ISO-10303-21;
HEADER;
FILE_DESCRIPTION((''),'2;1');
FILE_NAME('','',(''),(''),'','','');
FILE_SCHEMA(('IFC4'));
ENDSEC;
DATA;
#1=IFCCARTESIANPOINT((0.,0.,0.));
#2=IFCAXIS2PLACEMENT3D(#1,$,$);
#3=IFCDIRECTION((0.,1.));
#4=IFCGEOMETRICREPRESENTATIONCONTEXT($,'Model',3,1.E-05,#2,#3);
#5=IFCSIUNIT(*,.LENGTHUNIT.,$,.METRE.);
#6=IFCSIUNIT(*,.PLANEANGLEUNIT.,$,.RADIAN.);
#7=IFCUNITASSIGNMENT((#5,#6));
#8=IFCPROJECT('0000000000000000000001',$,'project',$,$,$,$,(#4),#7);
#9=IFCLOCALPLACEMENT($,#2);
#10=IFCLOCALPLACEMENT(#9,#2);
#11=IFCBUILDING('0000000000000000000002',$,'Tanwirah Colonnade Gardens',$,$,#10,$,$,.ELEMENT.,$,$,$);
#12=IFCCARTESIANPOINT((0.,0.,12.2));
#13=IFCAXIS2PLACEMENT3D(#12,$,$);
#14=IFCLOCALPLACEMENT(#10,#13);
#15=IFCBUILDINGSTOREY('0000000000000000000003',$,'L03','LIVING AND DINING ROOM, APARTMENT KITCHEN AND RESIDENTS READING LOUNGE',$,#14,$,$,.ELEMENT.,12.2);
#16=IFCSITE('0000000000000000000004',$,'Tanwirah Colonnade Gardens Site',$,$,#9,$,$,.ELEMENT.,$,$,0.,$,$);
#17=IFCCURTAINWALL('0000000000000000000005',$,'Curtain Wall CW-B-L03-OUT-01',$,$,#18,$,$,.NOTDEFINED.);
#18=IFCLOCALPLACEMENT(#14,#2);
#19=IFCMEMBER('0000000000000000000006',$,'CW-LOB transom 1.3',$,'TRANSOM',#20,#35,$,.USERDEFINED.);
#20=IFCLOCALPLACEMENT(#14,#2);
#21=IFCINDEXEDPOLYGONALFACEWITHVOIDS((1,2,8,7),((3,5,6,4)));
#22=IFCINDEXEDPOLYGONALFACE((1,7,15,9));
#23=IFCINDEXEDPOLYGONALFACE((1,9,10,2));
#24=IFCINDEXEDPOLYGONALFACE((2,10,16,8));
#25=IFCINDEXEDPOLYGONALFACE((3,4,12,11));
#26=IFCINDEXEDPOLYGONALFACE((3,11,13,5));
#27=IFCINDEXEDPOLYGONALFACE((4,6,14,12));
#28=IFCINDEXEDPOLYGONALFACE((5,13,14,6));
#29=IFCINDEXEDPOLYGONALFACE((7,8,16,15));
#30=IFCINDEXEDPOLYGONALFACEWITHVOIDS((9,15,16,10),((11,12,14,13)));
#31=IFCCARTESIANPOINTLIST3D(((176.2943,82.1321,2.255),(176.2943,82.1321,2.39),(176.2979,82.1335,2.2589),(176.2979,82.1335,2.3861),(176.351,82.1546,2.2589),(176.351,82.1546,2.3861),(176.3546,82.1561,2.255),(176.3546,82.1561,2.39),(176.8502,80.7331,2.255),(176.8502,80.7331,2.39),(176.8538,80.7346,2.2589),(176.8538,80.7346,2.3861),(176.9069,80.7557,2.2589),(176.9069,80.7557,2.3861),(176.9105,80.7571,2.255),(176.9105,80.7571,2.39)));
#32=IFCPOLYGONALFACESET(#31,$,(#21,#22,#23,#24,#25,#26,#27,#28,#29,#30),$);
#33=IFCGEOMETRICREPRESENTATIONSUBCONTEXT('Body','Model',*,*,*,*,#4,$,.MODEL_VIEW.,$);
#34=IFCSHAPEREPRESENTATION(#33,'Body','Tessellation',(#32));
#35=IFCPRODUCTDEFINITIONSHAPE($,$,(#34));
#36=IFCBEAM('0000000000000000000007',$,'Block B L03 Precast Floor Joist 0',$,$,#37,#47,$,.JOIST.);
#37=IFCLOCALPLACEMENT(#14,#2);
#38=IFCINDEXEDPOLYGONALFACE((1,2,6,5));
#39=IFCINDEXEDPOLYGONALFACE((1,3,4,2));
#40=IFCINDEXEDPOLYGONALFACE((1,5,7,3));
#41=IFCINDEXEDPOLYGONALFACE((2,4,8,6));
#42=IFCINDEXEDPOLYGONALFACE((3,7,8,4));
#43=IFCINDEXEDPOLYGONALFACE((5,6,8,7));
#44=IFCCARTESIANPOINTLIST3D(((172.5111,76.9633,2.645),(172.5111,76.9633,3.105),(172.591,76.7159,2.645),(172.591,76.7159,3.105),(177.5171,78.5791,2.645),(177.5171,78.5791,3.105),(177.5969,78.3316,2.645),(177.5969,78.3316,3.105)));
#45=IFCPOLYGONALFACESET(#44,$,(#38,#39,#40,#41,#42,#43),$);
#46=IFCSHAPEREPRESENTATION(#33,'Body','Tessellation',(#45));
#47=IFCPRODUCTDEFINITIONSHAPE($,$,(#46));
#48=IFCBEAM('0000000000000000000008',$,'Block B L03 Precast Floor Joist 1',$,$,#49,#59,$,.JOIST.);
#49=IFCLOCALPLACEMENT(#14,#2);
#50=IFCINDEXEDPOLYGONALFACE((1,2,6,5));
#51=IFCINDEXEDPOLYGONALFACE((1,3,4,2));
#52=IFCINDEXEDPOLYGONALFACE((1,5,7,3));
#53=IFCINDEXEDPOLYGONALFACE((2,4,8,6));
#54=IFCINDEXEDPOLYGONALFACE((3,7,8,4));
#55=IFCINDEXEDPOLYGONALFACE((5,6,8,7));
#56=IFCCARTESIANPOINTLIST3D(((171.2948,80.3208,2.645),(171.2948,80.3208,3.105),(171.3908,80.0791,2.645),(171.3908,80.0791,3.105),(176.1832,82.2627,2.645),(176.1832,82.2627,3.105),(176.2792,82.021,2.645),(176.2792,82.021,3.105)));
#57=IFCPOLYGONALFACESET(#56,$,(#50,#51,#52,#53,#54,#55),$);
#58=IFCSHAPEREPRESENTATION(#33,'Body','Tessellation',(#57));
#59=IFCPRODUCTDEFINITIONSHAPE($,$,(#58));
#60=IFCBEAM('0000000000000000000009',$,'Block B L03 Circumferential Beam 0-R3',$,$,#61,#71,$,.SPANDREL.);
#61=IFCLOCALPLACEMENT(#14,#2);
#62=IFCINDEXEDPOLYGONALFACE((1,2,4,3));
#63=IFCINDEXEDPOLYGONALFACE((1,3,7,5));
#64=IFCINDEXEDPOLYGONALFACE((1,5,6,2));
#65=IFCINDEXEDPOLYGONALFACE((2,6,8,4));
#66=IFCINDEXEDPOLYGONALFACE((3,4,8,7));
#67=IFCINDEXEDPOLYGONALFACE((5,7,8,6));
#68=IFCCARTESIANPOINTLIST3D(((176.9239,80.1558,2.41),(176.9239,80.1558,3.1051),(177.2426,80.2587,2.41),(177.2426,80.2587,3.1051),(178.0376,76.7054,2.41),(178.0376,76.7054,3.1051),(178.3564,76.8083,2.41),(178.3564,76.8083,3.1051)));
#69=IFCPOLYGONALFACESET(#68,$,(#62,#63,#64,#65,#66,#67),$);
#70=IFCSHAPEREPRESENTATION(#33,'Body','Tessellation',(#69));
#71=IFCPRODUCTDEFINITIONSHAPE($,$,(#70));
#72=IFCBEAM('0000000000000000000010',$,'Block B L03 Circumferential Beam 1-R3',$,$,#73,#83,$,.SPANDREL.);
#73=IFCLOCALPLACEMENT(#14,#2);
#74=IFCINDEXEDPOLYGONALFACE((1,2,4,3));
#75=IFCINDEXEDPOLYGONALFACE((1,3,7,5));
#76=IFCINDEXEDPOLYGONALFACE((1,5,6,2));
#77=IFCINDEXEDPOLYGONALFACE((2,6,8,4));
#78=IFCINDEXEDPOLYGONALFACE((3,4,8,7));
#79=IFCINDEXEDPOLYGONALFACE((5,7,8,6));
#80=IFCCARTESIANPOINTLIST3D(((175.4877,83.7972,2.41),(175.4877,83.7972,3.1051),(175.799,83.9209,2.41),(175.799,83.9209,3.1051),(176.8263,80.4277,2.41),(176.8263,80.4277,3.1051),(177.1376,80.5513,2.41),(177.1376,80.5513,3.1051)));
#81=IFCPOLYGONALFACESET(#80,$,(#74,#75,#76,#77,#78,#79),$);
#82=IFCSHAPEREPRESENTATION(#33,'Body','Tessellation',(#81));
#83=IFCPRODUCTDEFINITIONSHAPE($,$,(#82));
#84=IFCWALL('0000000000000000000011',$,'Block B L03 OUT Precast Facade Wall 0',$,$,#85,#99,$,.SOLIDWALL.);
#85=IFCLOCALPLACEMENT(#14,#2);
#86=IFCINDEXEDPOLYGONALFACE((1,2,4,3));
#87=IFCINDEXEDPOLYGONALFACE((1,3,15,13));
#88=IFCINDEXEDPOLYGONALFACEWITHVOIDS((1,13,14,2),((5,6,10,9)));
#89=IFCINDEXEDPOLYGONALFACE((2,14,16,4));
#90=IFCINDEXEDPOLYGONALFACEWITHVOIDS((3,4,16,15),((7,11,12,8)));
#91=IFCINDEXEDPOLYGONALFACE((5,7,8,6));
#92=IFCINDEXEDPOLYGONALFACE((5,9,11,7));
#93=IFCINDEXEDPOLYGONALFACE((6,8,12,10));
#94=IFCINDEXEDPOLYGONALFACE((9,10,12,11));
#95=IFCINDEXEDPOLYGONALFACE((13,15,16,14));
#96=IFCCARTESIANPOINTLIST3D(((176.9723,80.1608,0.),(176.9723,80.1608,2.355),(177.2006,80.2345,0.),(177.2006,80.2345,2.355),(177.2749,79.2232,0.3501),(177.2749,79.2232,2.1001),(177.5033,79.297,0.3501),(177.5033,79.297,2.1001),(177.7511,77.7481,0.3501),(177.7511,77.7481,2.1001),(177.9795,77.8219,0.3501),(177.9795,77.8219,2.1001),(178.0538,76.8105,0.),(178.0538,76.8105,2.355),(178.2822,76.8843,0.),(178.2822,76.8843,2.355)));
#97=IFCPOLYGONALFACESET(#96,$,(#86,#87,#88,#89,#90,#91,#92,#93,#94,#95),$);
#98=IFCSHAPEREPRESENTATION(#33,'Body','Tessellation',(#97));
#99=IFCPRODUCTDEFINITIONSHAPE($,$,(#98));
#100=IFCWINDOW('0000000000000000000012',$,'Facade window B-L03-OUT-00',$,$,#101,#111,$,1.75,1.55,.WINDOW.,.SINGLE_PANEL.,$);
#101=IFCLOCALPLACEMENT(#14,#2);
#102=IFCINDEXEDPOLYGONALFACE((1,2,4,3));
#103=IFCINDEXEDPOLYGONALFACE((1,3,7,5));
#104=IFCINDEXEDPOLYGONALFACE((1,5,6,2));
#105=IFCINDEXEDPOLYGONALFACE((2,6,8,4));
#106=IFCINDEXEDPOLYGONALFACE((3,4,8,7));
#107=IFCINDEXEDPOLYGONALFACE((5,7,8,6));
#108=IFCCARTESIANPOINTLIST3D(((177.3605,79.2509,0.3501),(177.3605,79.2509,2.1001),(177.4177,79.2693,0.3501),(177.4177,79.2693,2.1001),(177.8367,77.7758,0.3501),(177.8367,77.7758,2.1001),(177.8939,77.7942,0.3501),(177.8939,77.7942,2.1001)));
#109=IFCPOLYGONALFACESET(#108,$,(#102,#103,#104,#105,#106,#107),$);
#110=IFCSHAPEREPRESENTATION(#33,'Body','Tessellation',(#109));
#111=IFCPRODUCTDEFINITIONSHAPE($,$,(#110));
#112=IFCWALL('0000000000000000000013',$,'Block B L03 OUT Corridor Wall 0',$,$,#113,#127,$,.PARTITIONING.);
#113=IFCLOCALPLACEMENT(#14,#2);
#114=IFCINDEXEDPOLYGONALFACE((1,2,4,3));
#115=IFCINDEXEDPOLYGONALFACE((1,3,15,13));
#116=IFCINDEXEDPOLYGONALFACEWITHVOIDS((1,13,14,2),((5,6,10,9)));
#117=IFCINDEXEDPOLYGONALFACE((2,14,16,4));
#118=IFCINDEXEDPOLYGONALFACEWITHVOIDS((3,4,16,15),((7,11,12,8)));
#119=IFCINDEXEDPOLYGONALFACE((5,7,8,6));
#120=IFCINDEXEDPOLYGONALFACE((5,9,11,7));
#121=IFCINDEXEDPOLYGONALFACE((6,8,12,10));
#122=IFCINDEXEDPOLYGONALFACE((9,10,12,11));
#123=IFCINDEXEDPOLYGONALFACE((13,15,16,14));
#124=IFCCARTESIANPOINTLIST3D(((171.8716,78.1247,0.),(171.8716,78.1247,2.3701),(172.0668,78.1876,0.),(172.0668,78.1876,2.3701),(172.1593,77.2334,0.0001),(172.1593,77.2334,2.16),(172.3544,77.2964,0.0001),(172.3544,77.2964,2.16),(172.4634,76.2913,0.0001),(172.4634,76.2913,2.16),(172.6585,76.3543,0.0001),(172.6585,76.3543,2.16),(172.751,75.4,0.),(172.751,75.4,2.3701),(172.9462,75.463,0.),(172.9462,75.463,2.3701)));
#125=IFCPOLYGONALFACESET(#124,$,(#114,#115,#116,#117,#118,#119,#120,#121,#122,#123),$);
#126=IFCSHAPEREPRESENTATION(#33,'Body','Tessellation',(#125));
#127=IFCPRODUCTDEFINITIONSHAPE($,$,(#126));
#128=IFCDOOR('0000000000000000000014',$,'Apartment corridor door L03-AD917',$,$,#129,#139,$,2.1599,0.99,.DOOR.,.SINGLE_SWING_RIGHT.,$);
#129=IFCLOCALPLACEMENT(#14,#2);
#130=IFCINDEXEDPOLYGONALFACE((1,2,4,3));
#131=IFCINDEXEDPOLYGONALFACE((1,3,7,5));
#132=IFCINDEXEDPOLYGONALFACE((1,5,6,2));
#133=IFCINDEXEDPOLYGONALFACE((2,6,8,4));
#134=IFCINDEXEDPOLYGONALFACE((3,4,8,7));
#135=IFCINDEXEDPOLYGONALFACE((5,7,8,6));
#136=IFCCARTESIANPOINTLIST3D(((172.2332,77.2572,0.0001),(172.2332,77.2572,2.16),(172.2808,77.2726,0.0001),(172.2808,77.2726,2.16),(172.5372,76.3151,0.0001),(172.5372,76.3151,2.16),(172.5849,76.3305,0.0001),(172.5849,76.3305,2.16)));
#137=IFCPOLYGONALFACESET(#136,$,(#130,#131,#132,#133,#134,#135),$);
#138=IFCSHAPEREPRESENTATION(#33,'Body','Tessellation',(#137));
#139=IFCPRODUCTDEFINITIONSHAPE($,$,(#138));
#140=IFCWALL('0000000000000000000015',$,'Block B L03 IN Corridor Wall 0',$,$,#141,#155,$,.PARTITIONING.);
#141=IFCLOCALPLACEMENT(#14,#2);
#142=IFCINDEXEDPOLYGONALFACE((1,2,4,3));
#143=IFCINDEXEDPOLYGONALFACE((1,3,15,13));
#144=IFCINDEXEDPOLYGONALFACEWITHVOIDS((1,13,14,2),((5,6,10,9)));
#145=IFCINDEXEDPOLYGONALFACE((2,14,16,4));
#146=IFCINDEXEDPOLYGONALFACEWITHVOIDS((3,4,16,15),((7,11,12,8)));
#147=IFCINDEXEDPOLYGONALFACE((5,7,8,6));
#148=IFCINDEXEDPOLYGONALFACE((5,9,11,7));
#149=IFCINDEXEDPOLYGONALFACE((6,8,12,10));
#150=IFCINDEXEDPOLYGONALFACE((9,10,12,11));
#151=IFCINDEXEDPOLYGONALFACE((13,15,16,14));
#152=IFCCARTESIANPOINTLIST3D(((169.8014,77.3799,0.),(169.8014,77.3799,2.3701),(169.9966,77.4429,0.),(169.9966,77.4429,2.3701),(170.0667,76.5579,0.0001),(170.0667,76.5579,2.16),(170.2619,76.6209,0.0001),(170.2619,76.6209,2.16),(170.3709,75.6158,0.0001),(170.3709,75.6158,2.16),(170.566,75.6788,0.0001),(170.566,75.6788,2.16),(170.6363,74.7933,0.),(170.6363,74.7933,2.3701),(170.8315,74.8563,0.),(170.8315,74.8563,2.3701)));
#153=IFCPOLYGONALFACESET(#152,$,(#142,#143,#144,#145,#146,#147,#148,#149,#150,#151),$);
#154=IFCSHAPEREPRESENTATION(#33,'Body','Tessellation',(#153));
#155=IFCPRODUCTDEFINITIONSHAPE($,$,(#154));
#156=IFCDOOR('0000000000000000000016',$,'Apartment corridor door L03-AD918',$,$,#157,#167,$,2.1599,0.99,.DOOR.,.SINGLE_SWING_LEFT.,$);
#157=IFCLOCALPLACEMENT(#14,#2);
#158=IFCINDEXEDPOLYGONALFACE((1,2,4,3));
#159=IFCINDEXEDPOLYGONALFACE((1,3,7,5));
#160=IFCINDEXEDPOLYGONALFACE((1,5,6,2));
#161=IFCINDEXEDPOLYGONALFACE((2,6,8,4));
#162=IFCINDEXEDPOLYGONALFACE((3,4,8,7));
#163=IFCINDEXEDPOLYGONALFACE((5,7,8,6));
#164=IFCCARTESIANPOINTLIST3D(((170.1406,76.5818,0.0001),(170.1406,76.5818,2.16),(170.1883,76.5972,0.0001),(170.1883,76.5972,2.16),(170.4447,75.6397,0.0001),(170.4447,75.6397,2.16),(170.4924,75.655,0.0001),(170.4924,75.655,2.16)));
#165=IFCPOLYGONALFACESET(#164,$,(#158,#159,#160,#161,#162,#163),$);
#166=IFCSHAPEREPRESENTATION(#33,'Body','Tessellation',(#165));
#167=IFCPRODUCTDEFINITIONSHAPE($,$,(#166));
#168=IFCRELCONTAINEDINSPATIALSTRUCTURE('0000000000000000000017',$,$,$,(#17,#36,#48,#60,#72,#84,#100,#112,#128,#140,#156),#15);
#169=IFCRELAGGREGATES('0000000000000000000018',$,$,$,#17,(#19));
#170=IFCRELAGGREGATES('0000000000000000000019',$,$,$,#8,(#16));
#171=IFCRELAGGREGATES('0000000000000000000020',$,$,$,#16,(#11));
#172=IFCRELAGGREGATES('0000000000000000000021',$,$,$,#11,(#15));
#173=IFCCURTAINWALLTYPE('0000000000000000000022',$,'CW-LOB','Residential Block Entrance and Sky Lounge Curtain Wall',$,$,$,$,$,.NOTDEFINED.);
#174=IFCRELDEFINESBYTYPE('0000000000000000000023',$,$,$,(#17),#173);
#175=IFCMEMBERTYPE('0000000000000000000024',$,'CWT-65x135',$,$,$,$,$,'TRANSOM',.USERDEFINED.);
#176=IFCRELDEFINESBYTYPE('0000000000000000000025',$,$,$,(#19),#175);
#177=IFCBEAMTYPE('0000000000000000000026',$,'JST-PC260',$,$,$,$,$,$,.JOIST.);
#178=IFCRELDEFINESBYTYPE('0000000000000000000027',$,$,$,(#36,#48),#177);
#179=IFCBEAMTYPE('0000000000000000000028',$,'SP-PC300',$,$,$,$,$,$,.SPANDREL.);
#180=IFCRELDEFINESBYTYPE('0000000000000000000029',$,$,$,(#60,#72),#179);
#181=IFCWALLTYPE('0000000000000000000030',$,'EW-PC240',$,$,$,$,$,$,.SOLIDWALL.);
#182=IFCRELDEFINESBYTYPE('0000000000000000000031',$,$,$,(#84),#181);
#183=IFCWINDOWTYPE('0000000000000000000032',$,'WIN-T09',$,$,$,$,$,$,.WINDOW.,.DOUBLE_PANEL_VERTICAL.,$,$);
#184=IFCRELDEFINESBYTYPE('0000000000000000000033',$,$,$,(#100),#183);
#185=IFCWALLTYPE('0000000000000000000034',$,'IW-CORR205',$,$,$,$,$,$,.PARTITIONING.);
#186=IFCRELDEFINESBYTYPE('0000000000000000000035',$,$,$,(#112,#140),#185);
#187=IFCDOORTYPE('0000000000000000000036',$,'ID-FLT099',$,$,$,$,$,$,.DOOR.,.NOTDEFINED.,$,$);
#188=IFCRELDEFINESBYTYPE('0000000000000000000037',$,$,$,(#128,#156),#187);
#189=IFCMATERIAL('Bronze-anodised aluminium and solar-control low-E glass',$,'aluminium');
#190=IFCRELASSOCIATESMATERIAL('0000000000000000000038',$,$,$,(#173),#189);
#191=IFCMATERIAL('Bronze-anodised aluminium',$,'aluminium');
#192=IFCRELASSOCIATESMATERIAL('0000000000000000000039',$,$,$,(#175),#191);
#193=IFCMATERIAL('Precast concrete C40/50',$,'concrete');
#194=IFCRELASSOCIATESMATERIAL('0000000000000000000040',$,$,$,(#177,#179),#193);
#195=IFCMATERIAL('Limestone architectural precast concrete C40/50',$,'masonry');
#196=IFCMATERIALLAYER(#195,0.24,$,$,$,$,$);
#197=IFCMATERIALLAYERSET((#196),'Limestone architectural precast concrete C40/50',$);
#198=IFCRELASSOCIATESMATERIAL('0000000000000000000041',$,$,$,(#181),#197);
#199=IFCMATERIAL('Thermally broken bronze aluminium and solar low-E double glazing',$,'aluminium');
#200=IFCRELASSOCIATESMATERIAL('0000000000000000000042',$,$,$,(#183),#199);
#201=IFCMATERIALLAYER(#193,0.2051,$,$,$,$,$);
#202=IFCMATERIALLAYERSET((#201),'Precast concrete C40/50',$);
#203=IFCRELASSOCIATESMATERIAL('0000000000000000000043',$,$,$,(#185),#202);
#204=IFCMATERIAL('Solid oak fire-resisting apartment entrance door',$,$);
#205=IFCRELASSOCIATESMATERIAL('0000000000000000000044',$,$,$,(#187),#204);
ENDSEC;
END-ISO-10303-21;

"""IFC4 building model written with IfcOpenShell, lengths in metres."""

from ifc_helpers import new_model, si_unit, direction, frame, frame_2d, origin, origin_2d, place, context, subcontext, project, spatial, rectangle, hollow_rectangle, extrude, material, layer, layer_set, material_profile, profile_set, type_object, element, fill, aggregate, save


model = new_model("IFC4")

# Units and contexts
model_context = context("Model", 3, precision=1e-05, world=origin(), true_north=direction((0.0, 1.0)))
body_context = subcontext(model_context, "Body", "Model", "MODEL_VIEW")
ifc_project = project(units=[si_unit("LENGTHUNIT", "METRE"), si_unit("PLANEANGLEUNIT", "RADIAN")], contexts=[model_context])

# Site, building, storey
site_placement = place(None, origin())
site = spatial("IfcSite", under=ifc_project, at=site_placement, Name="Tanwirah Colonnade Gardens Site", CompositionType="ELEMENT", RefElevation=0.0)
building_placement = place(site_placement, origin())
building = spatial("IfcBuilding", under=site, at=building_placement, Name="Tanwirah Colonnade Gardens", CompositionType="ELEMENT")
storey_placement = place(building_placement, frame((0.0, 0.0, 12.2)))
storey = spatial("IfcBuildingStorey", under=building, at=storey_placement, Name="L03", Description="LIVING AND DINING ROOM, APARTMENT KITCHEN AND RESIDENTS READING LOUNGE", CompositionType="ELEMENT", Elevation=12.2)

# Shared definitions
ifc_material_1 = material(Name="Precast concrete C40/50", Category="concrete")

# Curtain wall, member
ifc_material_2 = material(Name="Bronze-anodised aluminium and solar-control low-E glass", Category="aluminium")
curtain_wall_type = type_object("IfcCurtainWallType", Name="CW-LOB", Description="Residential Block Entrance and Sky Lounge Curtain Wall", PredefinedType="NOTDEFINED", material=ifc_material_2)
curtain_wall_placement = place(storey_placement, origin())
curtain_wall = element("IfcCurtainWall", 1, at=curtain_wall_placement, inside=storey, type_object=curtain_wall_type, Name="Curtain Wall CW-B-L03-OUT-01", PredefinedType="NOTDEFINED")
ifc_material_3 = material(Name="Bronze-anodised aluminium", Category="aluminium")
ifc_material_profile_1 = material_profile(ifc_material_3, hollow_rectangle(XDim=0.0649, YDim=0.135, WallThickness=0.0039, at=origin_2d()), Name="CW-TRN 65x135x4")
ifc_profile_set_1 = profile_set([ifc_material_profile_1], Name="Bronze-anodised aluminium")
member_type_1 = type_object("IfcMemberType", Name="CWT-65x135", ElementType="TRANSOM", PredefinedType="USERDEFINED", material=ifc_profile_set_1)
member_1_placement = place(storey_placement, frame((176.8804, 80.7451, 2.3225), z_axis=(-0.369293, 0.929313, 0.0), x_axis=(-0.929313, -0.369293, 0.0)))
member_1 = element("IfcMember", 2, at=member_1_placement, type_object=member_type_1, Name="CW-LOB transom 1.3", ObjectType="TRANSOM", PredefinedType="USERDEFINED", context=body_context, shape_type="SweptSolid", body=[
    extrude(hollow_rectangle(XDim=0.0649, YDim=0.135, WallThickness=0.0039, at=origin_2d()), origin(), (0.0, 0.0, 1.0), 1.5054),
])
aggregate(curtain_wall, [member_1])

# Beams
ifc_material_profile_2 = material_profile(ifc_material_1, rectangle(XDim=0.26, YDim=0.46, at=origin_2d()), Name="PC-JST 260x460")
ifc_profile_set_2 = profile_set([ifc_material_profile_2], Name="Precast concrete C40/50")
beam_type_1 = type_object("IfcBeamType", Name="JST-PC260", PredefinedType="JOIST", material=ifc_profile_set_2)
beam_1_placement = place(storey_placement, frame((172.551, 76.8396, 2.875), z_axis=(0.951657, 0.307163, 0.0), x_axis=(-0.307163, 0.951657, 0.0)))
element("IfcBeam", 3, at=beam_1_placement, inside=storey, type_object=beam_type_1, Name="Block B L03 Precast Floor Joist 0", PredefinedType="JOIST", context=body_context, shape_type="SweptSolid", body=[
    extrude(rectangle(XDim=0.26, YDim=0.46, at=origin_2d()), origin(), (0.0, 0.0, 1.0), 5.2603),
])
beam_2_placement = place(storey_placement, frame((171.3428, 80.2, 2.875), z_axis=(0.929358, 0.369181, 0.0), x_axis=(-0.369181, 0.929358, 0.0)))
element("IfcBeam", 4, at=beam_2_placement, inside=storey, type_object=beam_type_1, Name="Block B L03 Precast Floor Joist 1", PredefinedType="JOIST", context=body_context, shape_type="SweptSolid", body=[
    extrude(rectangle(XDim=0.26, YDim=0.46, at=origin_2d()), origin(), (0.0, 0.0, 1.0), 5.26),
])
ifc_material_profile_3 = material_profile(ifc_material_1, rectangle(XDim=0.335, YDim=0.6951, at=origin_2d()), Name="PC-SP 335x695")
ifc_profile_set_3 = profile_set([ifc_material_profile_3], Name="Precast concrete C40/50")
beam_type_2 = type_object("IfcBeamType", Name="SP-PC300", PredefinedType="SPANDREL", material=ifc_profile_set_3)
for number, where, z_axis, x_axis, name in (
    (5, (178.197, 76.7568, 2.7576), (-0.307184, 0.95165, 0.0), (-0.95165, -0.307184, 0.0), "Block B L03 Circumferential Beam 0-R3"),
    (6, (176.9819, 80.4895, 2.7576), (-0.369195, 0.929352, 0.0), (-0.929352, -0.369195, 0.0), "Block B L03 Circumferential Beam 1-R3"),
):
    element("IfcBeam", number, at=place(storey_placement, frame(where, z_axis=z_axis, x_axis=x_axis)), inside=storey, type_object=beam_type_2, Name=name, PredefinedType="SPANDREL", context=body_context, shape_type="SweptSolid", body=[
        extrude(rectangle(XDim=0.335, YDim=0.6951, at=origin_2d()), origin(), (0.0, 0.0, 1.0), 3.6257),
    ])

# Wall, opening, window
ifc_material_4 = material(Name="Limestone architectural precast concrete C40/50", Category="masonry")
ifc_layer_1 = layer(ifc_material_4, 0.24)
ifc_layer_set_1 = layer_set([ifc_layer_1], Name="Limestone architectural precast concrete C40/50")
wall_type_1 = type_object("IfcWallType", Name="EW-PC240", PredefinedType="SOLIDWALL", material=ifc_layer_set_1)
wall_1_placement = place(storey_placement, frame((178.168, 76.8474, 0.0), z_axis=(0.0, 0.0, 1.0), x_axis=(-0.307205, 0.951643, 0.0)))
wall_1 = element("IfcWall", 7, at=wall_1_placement, inside=storey, type_object=wall_type_1, Name="Block B L03 OUT Precast Facade Wall 0", PredefinedType="SOLIDWALL", context=body_context, shape_type="SweptSolid", body=[
    extrude(rectangle(XDim=3.5205, YDim=0.24, at=frame_2d((1.7603, 0.0))), origin(), (0.0, 0.0, 1.0), 2.355),
])
opening_1_placement = place(wall_1_placement, frame((0.9854, 0.0, 0.3501)))
opening_1 = element("IfcOpeningElement", 8, at=opening_1_placement, cuts=wall_1, PredefinedType="OPENING", context=body_context, shape_type="SweptSolid", body=[
    extrude(rectangle(XDim=1.55, YDim=1.75, at=frame_2d((0.7749, 0.875))), frame((0.0, 0.1299, 0.0), z_axis=(0.0, -1.0, 0.0), x_axis=(1.0, 0.0, 0.0)), (0.0, 0.0, 1.0), 0.26),
])
ifc_material_5 = material(Name="Thermally broken bronze aluminium and solar low-E double glazing", Category="aluminium")
window_type = type_object("IfcWindowType", Name="WIN-T09", PartitioningType="DOUBLE_PANEL_VERTICAL", PredefinedType="WINDOW", material=ifc_material_5)
window_placement = place(opening_1_placement, origin())
window = element("IfcWindow", 9, at=window_placement, inside=storey, type_object=window_type, Name="Facade window B-L03-OUT-00", OverallHeight=1.75, OverallWidth=1.55, PartitioningType="SINGLE_PANEL", PredefinedType="WINDOW", context=body_context, shape_type="SweptSolid", body=[
    extrude(rectangle(XDim=1.55, YDim=1.75, at=frame_2d((0.7749, 0.875))), frame((0.0, 0.03, 0.0), z_axis=(0.0, -1.0, 0.0), x_axis=(1.0, 0.0, 0.0)), (0.0, 0.0, 1.0), 0.0601),
])
fill(opening_1, window)

# Walls, openings, doors
ifc_layer_2 = layer(ifc_material_1, 0.2051)
ifc_layer_set_2 = layer_set([ifc_layer_2], Name="Precast concrete C40/50")
wall_type_2 = type_object("IfcWallType", Name="IW-CORR205", PredefinedType="PARTITIONING", material=ifc_layer_set_2)
wall_2_placement = place(storey_placement, frame((172.8486, 75.4314, 0.0), z_axis=(0.0, 0.0, 1.0), x_axis=(-0.307157, 0.951659, 0.0)))
wall_2 = element("IfcWall", 10, at=wall_2_placement, inside=storey, type_object=wall_type_2, Name="Block B L03 OUT Corridor Wall 0", PredefinedType="PARTITIONING", context=body_context, shape_type="SweptSolid", body=[
    extrude(rectangle(XDim=2.863, YDim=0.2051, at=frame_2d((1.4316, 0.0))), origin(), (0.0, 0.0, 1.0), 2.3701),
])
opening_2_placement = place(wall_2_placement, frame((0.9365, 0.0, 0.0)))
opening_2 = element("IfcOpeningElement", 11, at=opening_2_placement, cuts=wall_2, PredefinedType="OPENING", context=body_context, shape_type="SweptSolid", body=[
    extrude(rectangle(XDim=0.99, YDim=2.1599, at=frame_2d((0.4951, 1.0801))), frame((0.0, 0.1125, 0.0), z_axis=(0.0, -1.0, 0.0), x_axis=(1.0, 0.0, 0.0)), (0.0, 0.0, 1.0), 0.2251),
])
ifc_material_6 = material(Name="Solid oak fire-resisting apartment entrance door")
door_type_1 = type_object("IfcDoorType", Name="ID-FLT099", OperationType="NOTDEFINED", PredefinedType="DOOR", material=ifc_material_6)
door_1_placement = place(opening_2_placement, origin())
door_1 = element("IfcDoor", 12, at=door_1_placement, inside=storey, type_object=door_type_1, Name="Apartment corridor door L03-AD917", OperationType="SINGLE_SWING_RIGHT", OverallHeight=2.1599, OverallWidth=0.99, PredefinedType="DOOR", context=body_context, shape_type="SweptSolid", body=[
    extrude(rectangle(XDim=0.99, YDim=2.1599, at=frame_2d((0.4951, 1.0801))), frame((0.0, 0.0249, 0.0), z_axis=(0.0, -1.0, 0.0), x_axis=(1.0, 0.0, 0.0)), (0.0, 0.0, 1.0), 0.05),
])
fill(opening_2, door_1)
wall_3_placement = place(storey_placement, frame((170.7339, 74.825, 0.0), z_axis=(0.0, 0.0, 1.0), x_axis=(-0.307186, 0.951649, 0.0)))
wall_3 = element("IfcWall", 13, at=wall_3_placement, inside=storey, type_object=wall_type_2, Name="Block B L03 IN Corridor Wall 0", PredefinedType="PARTITIONING", context=body_context, shape_type="SweptSolid", body=[
    extrude(rectangle(XDim=2.718, YDim=0.2051, at=frame_2d((1.3589, 0.0))), origin(), (0.0, 0.0, 1.0), 2.3701),
])
opening_3_placement = place(wall_3_placement, frame((0.864, 0.0, 0.0)))
opening_3 = element("IfcOpeningElement", 14, at=opening_3_placement, cuts=wall_3, PredefinedType="OPENING", context=body_context, shape_type="SweptSolid", body=[
    extrude(rectangle(XDim=0.99, YDim=2.1599, at=frame_2d((0.4951, 1.0801))), frame((0.0, 0.1125, 0.0), z_axis=(0.0, -1.0, 0.0), x_axis=(1.0, 0.0, 0.0)), (0.0, 0.0, 1.0), 0.2251),
])
door_2_placement = place(opening_3_placement, origin())
door_2 = element("IfcDoor", 15, at=door_2_placement, inside=storey, type_object=door_type_1, Name="Apartment corridor door L03-AD918", OperationType="SINGLE_SWING_LEFT", OverallHeight=2.1599, OverallWidth=0.99, PredefinedType="DOOR", context=body_context, shape_type="SweptSolid", body=[
    extrude(rectangle(XDim=0.99, YDim=2.1599, at=frame_2d((0.4951, 1.0801))), frame((0.0, 0.0249, 0.0), z_axis=(0.0, -1.0, 0.0), x_axis=(1.0, 0.0, 0.0)), (0.0, 0.0, 1.0), 0.05),
])
fill(opening_3, door_2)

save(model, "model.ifc")
